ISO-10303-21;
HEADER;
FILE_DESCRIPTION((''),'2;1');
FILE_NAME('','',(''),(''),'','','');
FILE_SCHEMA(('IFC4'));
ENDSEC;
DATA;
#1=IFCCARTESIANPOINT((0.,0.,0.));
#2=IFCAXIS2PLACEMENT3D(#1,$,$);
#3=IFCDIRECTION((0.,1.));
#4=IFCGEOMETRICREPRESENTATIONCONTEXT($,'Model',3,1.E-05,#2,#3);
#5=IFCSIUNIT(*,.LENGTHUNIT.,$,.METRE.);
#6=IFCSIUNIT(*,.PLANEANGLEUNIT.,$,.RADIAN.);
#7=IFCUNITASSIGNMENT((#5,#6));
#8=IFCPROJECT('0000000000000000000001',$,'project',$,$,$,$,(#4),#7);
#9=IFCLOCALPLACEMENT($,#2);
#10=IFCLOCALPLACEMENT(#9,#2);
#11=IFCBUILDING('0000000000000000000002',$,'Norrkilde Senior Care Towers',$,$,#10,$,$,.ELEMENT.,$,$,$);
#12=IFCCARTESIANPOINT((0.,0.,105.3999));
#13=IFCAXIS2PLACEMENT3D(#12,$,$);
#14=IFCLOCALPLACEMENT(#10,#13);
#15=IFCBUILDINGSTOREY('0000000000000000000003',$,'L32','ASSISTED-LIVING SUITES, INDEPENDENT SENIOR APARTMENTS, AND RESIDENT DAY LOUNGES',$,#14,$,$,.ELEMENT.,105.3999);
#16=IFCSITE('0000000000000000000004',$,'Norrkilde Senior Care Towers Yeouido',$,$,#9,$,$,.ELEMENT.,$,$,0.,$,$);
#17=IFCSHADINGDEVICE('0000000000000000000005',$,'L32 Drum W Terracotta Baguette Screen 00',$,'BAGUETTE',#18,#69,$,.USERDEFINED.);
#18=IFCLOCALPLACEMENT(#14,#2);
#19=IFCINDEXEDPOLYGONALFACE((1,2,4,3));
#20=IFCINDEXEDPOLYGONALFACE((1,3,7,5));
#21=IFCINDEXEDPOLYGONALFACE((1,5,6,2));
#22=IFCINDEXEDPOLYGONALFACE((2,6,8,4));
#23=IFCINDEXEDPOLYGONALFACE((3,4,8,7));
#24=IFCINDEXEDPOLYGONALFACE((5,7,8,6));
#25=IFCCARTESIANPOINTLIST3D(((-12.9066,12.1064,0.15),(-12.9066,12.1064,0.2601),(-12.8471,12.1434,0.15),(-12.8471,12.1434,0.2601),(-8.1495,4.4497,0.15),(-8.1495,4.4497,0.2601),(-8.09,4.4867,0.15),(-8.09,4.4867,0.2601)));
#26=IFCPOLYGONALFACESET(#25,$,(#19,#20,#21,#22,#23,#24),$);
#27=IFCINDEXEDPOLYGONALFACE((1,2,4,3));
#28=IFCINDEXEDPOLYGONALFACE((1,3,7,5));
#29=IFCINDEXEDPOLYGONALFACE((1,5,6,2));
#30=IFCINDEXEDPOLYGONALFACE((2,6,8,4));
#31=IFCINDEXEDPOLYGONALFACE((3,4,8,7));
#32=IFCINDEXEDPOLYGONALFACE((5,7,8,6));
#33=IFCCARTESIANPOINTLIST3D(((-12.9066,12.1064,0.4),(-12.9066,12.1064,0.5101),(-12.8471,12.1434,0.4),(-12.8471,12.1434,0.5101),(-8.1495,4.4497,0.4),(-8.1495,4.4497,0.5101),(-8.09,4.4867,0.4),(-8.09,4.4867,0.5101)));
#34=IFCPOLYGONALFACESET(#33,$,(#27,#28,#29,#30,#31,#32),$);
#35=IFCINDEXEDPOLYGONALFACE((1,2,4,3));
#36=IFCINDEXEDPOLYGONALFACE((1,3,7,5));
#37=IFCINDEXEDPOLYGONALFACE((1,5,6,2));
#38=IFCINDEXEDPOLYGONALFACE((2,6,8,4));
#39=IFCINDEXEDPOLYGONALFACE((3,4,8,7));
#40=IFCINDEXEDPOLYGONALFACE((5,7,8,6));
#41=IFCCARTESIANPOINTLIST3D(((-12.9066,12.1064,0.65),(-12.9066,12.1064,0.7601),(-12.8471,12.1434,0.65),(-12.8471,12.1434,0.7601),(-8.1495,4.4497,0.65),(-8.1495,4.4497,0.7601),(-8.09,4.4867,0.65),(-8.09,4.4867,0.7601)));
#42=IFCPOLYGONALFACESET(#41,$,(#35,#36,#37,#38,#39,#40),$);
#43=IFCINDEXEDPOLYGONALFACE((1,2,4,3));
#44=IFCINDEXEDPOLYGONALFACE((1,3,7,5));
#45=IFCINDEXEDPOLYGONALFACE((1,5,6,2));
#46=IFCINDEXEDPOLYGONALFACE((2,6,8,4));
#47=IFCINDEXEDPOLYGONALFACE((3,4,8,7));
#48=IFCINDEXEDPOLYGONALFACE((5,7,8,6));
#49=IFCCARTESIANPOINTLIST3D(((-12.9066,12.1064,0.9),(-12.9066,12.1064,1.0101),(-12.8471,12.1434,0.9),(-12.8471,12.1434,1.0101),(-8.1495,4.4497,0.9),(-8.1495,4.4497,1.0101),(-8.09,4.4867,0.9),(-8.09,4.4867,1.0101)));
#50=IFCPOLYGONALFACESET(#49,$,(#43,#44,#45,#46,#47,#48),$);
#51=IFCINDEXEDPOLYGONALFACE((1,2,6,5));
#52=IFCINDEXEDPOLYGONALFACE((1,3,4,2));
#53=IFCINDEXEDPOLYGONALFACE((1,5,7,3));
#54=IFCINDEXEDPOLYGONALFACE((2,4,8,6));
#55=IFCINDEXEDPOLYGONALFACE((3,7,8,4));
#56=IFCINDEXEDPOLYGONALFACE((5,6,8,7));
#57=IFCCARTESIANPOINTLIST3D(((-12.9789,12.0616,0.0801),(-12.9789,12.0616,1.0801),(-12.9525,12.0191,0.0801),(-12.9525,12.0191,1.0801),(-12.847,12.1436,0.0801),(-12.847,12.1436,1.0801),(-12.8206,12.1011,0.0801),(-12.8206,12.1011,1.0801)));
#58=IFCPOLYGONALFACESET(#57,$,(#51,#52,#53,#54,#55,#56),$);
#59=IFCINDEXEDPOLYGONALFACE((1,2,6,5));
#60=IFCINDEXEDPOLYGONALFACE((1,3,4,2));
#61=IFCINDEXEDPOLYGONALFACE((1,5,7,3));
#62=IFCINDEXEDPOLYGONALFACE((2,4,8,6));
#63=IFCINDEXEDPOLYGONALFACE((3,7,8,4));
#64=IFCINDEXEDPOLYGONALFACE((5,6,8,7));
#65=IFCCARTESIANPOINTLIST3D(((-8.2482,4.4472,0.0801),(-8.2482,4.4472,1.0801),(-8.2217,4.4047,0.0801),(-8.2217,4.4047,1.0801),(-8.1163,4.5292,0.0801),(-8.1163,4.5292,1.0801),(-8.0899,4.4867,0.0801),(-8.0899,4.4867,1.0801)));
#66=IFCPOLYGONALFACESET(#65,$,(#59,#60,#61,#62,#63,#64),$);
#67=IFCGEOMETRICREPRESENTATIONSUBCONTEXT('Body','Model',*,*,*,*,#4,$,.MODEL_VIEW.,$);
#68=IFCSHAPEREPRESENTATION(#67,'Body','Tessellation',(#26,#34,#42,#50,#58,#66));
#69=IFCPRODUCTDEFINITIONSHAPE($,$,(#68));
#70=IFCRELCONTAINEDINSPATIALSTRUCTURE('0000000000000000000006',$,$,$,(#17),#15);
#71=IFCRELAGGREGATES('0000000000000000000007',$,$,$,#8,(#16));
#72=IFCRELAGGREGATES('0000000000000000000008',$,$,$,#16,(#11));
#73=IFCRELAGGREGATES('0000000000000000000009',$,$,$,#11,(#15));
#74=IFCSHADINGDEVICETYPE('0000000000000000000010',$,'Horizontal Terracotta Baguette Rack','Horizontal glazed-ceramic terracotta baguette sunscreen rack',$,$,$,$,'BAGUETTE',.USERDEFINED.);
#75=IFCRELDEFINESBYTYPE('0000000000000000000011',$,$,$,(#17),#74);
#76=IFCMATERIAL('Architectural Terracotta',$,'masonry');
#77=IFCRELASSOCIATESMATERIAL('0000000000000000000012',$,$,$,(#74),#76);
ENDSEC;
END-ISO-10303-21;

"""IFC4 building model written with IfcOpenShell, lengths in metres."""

from ifc_helpers import new_model, si_unit, direction, frame, origin, origin_2d, place, context, subcontext, project, spatial, rectangle, extrude, source, transform, mapped, material, type_object, type_shapes, element, save


model = new_model("IFC4")

# Units and contexts
model_context = context("Model", 3, precision=1e-05, world=origin(), true_north=direction((0.0, 1.0)))
body_context = subcontext(model_context, "Body", "Model", "MODEL_VIEW")
ifc_project = project(units=[si_unit("LENGTHUNIT", "METRE"), si_unit("PLANEANGLEUNIT", "RADIAN")], contexts=[model_context])

# Site, building, storey
site_placement = place(None, origin())
site = spatial("IfcSite", under=ifc_project, at=site_placement, Name="Norrkilde Senior Care Towers Yeouido", CompositionType="ELEMENT", RefElevation=0.0)
building_placement = place(site_placement, origin())
building = spatial("IfcBuilding", under=site, at=building_placement, Name="Norrkilde Senior Care Towers", CompositionType="ELEMENT")
storey_placement = place(building_placement, frame((0.0, 0.0, 105.3999)))
storey = spatial("IfcBuildingStorey", under=building, at=storey_placement, Name="L32", Description="ASSISTED-LIVING SUITES, INDEPENDENT SENIOR APARTMENTS, AND RESIDENT DAY LOUNGES", CompositionType="ELEMENT", Elevation=105.3999)

# Shading device
ifc_material_1 = material(Name="Architectural Terracotta", Category="masonry")
shading_device_type = type_object("IfcShadingDeviceType", Name="Horizontal Terracotta Baguette Rack", Description="Horizontal glazed-ceramic terracotta baguette sunscreen rack", ElementType="BAGUETTE", PredefinedType="USERDEFINED", material=ifc_material_1)
shared_shape_1 = source(origin(), body_context, "Body", "SweptSolid", [
    extrude(rectangle(XDim=0.0701, YDim=0.1101, at=origin_2d()), frame((0.0, 0.0901, 0.125), z_axis=(1.0, 0.0, 0.0), x_axis=(0.0, 1.0, 0.0)), (0.0, 0.0, 1.0), 9.0142),
    extrude(rectangle(XDim=0.0701, YDim=0.1101, at=origin_2d()), frame((0.0, 0.0901, 0.375), z_axis=(1.0, 0.0, 0.0), x_axis=(0.0, 1.0, 0.0)), (0.0, 0.0, 1.0), 9.0142),
    extrude(rectangle(XDim=0.0701, YDim=0.1101, at=origin_2d()), frame((0.0, 0.0901, 0.625), z_axis=(1.0, 0.0, 0.0), x_axis=(0.0, 1.0, 0.0)), (0.0, 0.0, 1.0), 9.0142),
    extrude(rectangle(XDim=0.0701, YDim=0.1101, at=origin_2d()), frame((0.0, 0.0901, 0.875), z_axis=(1.0, 0.0, 0.0), x_axis=(0.0, 1.0, 0.0)), (0.0, 0.0, 1.0), 9.0142),
    extrude(rectangle(XDim=0.05, YDim=0.1553, at=origin_2d()), frame((0.0249, 0.0476, 0.0)), (0.0, 0.0, 1.0), 1.0),
    extrude(rectangle(XDim=0.05, YDim=0.1553, at=origin_2d()), frame((8.9893, 0.0476, 0.0)), (0.0, 0.0, 1.0), 1.0),
])
type_shapes(shading_device_type, [shared_shape_1])
shading_device_placement = place(storey_placement, frame((-12.9534, 12.0774, 0.0801), z_axis=(0.0, 0.0, 1.0), x_axis=(0.527734, -0.849412, 0.0)))
element("IfcShadingDevice", 1, at=shading_device_placement, inside=storey, type_object=shading_device_type, Name="L32 Drum W Terracotta Baguette Screen 00", ObjectType="BAGUETTE", PredefinedType="USERDEFINED", context=body_context, shape_type="MappedRepresentation", body=[
    mapped(shared_shape_1, transform((0.0, 0.0, 0.0), x_axis=(1.0, 0.0, 0.0), y_axis=(0.0, 1.0, 0.0), z_axis=(0.0, 0.0, 1.0), scale=1.0)),
])

save(model, "model.ifc")
